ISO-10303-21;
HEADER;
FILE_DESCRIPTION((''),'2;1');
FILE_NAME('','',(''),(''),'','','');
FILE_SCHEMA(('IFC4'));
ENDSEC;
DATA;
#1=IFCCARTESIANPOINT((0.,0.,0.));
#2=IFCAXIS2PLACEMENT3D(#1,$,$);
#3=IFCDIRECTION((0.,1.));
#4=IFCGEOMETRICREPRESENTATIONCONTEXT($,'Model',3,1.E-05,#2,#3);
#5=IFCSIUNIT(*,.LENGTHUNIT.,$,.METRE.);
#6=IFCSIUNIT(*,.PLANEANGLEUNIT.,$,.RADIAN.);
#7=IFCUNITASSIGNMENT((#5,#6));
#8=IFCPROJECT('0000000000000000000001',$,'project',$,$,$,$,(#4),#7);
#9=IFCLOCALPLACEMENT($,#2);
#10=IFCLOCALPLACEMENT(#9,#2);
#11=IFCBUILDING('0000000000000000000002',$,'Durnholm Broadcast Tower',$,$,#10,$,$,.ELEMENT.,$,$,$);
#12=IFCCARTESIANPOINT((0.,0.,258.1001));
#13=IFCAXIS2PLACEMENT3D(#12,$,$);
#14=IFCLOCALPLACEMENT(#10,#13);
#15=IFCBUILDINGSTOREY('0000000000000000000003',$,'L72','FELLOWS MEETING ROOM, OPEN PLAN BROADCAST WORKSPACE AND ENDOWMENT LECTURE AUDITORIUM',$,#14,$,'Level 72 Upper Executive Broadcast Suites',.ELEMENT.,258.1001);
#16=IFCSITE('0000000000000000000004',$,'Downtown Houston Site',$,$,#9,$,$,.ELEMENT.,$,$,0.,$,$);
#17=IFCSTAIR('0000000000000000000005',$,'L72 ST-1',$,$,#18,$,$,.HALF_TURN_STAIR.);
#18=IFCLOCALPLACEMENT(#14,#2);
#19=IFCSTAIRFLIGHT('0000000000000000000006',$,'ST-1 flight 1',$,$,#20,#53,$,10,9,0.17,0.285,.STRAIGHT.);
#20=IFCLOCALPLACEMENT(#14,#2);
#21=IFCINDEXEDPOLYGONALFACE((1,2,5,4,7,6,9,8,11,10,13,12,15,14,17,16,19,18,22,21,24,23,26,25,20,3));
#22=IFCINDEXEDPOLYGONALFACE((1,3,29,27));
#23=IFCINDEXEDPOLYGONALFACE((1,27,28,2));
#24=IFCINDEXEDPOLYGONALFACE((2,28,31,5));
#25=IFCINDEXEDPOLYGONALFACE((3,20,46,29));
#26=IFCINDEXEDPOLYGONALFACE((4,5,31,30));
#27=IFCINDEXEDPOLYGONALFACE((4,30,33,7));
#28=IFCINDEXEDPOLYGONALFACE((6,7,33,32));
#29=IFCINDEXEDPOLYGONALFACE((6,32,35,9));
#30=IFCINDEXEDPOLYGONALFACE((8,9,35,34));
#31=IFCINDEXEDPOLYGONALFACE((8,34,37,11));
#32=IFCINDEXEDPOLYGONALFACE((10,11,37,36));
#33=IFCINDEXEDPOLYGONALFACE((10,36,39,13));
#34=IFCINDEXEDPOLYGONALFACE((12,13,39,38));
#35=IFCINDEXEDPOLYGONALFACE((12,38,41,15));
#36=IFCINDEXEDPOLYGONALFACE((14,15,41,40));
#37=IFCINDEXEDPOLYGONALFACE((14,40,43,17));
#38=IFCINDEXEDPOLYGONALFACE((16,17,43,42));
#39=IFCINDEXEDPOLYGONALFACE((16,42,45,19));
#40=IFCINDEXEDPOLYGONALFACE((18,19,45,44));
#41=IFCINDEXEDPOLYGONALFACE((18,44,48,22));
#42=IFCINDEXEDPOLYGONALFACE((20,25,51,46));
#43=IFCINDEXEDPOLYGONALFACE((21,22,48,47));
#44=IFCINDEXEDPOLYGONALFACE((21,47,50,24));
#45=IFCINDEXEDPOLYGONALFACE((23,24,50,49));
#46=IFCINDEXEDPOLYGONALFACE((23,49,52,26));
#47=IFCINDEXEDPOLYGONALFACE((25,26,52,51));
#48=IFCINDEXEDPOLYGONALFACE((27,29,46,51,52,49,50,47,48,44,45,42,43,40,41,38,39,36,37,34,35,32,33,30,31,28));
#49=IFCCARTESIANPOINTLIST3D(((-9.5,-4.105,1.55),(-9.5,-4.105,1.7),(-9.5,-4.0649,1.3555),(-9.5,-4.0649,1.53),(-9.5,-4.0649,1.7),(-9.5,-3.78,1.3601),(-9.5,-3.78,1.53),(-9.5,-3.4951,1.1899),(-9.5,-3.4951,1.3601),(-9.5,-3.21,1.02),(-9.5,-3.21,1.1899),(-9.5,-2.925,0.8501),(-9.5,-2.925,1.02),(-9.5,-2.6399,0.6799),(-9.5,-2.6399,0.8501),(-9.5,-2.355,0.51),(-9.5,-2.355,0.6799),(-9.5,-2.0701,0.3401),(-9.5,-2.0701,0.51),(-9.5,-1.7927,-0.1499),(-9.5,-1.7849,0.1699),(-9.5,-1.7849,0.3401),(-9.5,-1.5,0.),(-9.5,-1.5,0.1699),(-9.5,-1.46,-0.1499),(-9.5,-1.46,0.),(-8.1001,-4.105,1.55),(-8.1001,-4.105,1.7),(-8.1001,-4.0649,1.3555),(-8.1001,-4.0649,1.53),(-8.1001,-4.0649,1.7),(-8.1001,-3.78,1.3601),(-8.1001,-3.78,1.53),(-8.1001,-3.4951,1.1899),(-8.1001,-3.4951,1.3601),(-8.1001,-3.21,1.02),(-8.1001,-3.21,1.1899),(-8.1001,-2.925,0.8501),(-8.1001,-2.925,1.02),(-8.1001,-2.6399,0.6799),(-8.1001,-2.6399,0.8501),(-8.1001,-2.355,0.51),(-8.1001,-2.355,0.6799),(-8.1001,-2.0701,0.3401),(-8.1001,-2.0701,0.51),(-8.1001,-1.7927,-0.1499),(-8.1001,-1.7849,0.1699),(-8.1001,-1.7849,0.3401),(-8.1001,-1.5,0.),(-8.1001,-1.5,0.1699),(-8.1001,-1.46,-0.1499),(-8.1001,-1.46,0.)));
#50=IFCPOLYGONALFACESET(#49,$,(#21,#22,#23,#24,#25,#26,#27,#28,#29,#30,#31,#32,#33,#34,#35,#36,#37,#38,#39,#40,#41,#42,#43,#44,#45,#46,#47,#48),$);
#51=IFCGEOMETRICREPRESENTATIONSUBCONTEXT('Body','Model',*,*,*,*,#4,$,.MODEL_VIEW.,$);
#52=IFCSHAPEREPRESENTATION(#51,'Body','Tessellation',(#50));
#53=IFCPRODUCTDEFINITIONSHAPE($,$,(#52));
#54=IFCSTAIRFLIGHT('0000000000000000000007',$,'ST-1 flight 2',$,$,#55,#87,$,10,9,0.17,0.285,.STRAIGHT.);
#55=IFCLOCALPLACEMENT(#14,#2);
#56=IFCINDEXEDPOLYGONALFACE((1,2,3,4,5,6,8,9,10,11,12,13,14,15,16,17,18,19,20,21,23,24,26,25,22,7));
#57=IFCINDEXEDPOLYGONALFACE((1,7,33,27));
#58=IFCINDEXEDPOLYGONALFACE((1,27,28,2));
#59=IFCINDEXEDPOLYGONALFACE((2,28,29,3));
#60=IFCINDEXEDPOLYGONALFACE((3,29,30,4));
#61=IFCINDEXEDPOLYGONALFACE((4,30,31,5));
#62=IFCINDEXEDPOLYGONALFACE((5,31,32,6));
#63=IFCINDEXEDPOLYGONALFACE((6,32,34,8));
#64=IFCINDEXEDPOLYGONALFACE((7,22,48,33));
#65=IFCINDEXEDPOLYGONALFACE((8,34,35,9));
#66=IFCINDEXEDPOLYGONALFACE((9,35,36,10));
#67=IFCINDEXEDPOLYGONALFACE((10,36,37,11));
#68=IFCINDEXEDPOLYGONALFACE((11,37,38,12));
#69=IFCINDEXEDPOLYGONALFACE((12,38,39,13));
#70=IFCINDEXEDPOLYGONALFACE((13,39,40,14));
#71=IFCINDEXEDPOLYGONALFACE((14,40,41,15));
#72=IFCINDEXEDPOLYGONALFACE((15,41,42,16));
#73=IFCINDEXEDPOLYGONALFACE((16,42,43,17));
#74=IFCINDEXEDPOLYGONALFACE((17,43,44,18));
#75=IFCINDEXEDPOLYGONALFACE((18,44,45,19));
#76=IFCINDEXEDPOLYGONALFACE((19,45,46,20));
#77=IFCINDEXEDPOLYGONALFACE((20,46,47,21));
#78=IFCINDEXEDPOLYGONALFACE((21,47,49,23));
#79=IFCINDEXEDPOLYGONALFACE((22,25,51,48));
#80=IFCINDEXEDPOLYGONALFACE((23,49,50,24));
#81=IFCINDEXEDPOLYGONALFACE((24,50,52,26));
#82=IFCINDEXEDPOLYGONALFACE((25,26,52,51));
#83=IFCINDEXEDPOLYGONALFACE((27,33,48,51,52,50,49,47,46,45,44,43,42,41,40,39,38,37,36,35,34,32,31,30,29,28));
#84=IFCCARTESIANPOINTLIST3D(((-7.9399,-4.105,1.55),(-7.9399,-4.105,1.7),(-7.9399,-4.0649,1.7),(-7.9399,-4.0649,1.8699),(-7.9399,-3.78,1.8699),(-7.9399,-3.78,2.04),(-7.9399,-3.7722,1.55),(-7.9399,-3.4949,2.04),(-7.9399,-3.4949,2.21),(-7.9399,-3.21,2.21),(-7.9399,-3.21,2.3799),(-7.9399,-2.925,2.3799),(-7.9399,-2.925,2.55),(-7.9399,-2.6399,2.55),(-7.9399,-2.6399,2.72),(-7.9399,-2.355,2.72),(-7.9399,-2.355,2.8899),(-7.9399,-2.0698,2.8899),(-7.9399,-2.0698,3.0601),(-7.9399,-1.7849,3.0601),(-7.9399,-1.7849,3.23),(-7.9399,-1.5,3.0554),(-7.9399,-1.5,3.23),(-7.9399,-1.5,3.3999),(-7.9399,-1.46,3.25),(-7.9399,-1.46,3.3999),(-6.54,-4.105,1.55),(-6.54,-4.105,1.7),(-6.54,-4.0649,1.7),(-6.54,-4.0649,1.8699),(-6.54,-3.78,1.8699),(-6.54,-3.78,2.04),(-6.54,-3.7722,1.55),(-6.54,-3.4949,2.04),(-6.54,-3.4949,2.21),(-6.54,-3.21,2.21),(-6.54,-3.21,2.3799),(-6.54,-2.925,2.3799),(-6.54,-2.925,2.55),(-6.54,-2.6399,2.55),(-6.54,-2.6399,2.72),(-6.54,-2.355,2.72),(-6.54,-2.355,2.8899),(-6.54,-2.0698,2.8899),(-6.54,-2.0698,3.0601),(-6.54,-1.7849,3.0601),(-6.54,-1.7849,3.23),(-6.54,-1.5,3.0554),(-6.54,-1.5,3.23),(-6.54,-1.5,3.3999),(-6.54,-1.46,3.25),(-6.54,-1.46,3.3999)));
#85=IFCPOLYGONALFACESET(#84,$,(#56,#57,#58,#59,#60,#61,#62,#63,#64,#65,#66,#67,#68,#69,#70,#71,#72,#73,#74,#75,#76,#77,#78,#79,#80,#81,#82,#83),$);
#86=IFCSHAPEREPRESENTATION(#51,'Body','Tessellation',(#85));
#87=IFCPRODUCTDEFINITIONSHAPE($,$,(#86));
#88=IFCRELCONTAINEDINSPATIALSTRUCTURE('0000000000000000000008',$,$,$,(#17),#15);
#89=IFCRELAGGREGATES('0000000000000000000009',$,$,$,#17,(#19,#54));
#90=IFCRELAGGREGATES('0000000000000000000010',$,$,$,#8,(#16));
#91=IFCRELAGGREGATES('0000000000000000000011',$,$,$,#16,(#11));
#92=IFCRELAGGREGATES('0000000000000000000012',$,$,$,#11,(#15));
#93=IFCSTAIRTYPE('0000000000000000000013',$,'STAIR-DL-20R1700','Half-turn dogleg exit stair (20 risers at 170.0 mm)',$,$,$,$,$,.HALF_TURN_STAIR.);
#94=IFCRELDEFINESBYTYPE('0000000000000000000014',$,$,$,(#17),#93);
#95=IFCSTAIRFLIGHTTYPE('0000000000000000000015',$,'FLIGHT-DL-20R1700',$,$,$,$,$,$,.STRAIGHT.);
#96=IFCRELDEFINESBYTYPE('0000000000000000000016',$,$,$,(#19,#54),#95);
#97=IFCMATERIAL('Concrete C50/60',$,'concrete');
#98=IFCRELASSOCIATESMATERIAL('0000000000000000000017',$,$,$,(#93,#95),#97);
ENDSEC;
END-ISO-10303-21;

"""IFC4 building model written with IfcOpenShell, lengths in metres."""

from ifc_helpers import new_model, si_unit, direction, frame, origin, place, context, subcontext, project, spatial, polyline, outline, extrude, material, type_object, element, aggregate, save


model = new_model("IFC4")

# Units and contexts
model_context = context("Model", 3, precision=1e-05, world=origin(), true_north=direction((0.0, 1.0)))
body_context = subcontext(model_context, "Body", "Model", "MODEL_VIEW")
ifc_project = project(units=[si_unit("LENGTHUNIT", "METRE"), si_unit("PLANEANGLEUNIT", "RADIAN")], contexts=[model_context])

# Site, building, storey
site_placement = place(None, origin())
site = spatial("IfcSite", under=ifc_project, at=site_placement, Name="Downtown Houston Site", CompositionType="ELEMENT", RefElevation=0.0)
building_placement = place(site_placement, origin())
building = spatial("IfcBuilding", under=site, at=building_placement, Name="Durnholm Broadcast Tower", CompositionType="ELEMENT")
storey_placement = place(building_placement, frame((0.0, 0.0, 258.1001)))
storey = spatial("IfcBuildingStorey", under=building, at=storey_placement, Name="L72", Description="FELLOWS MEETING ROOM, OPEN PLAN BROADCAST WORKSPACE AND ENDOWMENT LECTURE AUDITORIUM", LongName="Level 72 Upper Executive Broadcast Suites", CompositionType="ELEMENT", Elevation=258.1001)

# Shared definitions
ifc_material_1 = material(Name="Concrete C50/60", Category="concrete")

# Stair, stair flights
stair_type = type_object("IfcStairType", Name="STAIR-DL-20R1700", Description="Half-turn dogleg exit stair (20 risers at 170.0 mm)", PredefinedType="HALF_TURN_STAIR", material=ifc_material_1)
stair_placement = place(storey_placement, origin())
stair = element("IfcStair", 1, at=stair_placement, inside=storey, type_object=stair_type, Name="L72 ST-1", PredefinedType="HALF_TURN_STAIR")
stair_flight_type = type_object("IfcStairFlightType", Name="FLIGHT-DL-20R1700", PredefinedType="STRAIGHT", material=ifc_material_1)
stair_flight_1_placement = place(storey_placement, frame((-8.8, -1.5, 0.0), z_axis=(0.0, 0.0, 1.0), x_axis=(0.0, -1.0, 0.0)))
stair_flight_1 = element("IfcStairFlight", 2, at=stair_flight_1_placement, type_object=stair_flight_type, Name="ST-1 flight 1", NumberOfRisers=10, NumberOfTreads=9, PredefinedType="STRAIGHT", RiserHeight=0.17, TreadLength=0.285, context=body_context, shape_type="SweptSolid", body=[
    extrude(outline(polyline([(-0.04, -0.1499), (-0.04, 0.0), (0.0, 0.0), (0.0, 0.1699), (0.2849, 0.1699), (0.2849, 0.3401), (0.5701, 0.3401), (0.5701, 0.51), (0.855, 0.51), (0.855, 0.6799), (1.1399, 0.6799), (1.1399, 0.8501), (1.425, 0.8501), (1.425, 1.02), (1.71, 1.02), (1.71, 1.1899), (1.9951, 1.1899), (1.9951, 1.3601), (2.28, 1.3601), (2.28, 1.53), (2.5649, 1.53), (2.5649, 1.7), (2.605, 1.7), (2.605, 1.55), (2.5649, 1.3555), (0.2927, -0.1499), (-0.04, -0.1499)])), frame((0.0, 0.7, 0.0), z_axis=(0.0, -1.0, 0.0), x_axis=(1.0, 0.0, 0.0)), (0.0, 0.0, 1.0), 1.3999),
])
stair_flight_2_placement = place(storey_placement, frame((-7.24, -4.0649, 1.7), z_axis=(0.0, 0.0, 1.0), x_axis=(0.0, 1.0, 0.0)))
stair_flight_2 = element("IfcStairFlight", 3, at=stair_flight_2_placement, type_object=stair_flight_type, Name="ST-1 flight 2", NumberOfRisers=10, NumberOfTreads=9, PredefinedType="STRAIGHT", RiserHeight=0.17, TreadLength=0.285, context=body_context, shape_type="SweptSolid", body=[
    extrude(outline(polyline([(-0.04, -0.1499), (-0.04, 0.0), (0.0, 0.0), (0.0, 0.1699), (0.2849, 0.1699), (0.2849, 0.3401), (0.5701, 0.3401), (0.5701, 0.51), (0.855, 0.51), (0.855, 0.6799), (1.1399, 0.6799), (1.1399, 0.8501), (1.425, 0.8501), (1.425, 1.02), (1.71, 1.02), (1.71, 1.1899), (1.9951, 1.1899), (1.9951, 1.3601), (2.28, 1.3601), (2.28, 1.53), (2.5649, 1.53), (2.5649, 1.7), (2.605, 1.7), (2.605, 1.55), (2.5649, 1.3555), (0.2927, -0.1499), (-0.04, -0.1499)])), frame((0.0, 0.7, 0.0), z_axis=(0.0, -1.0, 0.0), x_axis=(1.0, 0.0, 0.0)), (0.0, 0.0, 1.0), 1.3999),
])
aggregate(stair, [stair_flight_1, stair_flight_2])

save(model, "model.ifc")
